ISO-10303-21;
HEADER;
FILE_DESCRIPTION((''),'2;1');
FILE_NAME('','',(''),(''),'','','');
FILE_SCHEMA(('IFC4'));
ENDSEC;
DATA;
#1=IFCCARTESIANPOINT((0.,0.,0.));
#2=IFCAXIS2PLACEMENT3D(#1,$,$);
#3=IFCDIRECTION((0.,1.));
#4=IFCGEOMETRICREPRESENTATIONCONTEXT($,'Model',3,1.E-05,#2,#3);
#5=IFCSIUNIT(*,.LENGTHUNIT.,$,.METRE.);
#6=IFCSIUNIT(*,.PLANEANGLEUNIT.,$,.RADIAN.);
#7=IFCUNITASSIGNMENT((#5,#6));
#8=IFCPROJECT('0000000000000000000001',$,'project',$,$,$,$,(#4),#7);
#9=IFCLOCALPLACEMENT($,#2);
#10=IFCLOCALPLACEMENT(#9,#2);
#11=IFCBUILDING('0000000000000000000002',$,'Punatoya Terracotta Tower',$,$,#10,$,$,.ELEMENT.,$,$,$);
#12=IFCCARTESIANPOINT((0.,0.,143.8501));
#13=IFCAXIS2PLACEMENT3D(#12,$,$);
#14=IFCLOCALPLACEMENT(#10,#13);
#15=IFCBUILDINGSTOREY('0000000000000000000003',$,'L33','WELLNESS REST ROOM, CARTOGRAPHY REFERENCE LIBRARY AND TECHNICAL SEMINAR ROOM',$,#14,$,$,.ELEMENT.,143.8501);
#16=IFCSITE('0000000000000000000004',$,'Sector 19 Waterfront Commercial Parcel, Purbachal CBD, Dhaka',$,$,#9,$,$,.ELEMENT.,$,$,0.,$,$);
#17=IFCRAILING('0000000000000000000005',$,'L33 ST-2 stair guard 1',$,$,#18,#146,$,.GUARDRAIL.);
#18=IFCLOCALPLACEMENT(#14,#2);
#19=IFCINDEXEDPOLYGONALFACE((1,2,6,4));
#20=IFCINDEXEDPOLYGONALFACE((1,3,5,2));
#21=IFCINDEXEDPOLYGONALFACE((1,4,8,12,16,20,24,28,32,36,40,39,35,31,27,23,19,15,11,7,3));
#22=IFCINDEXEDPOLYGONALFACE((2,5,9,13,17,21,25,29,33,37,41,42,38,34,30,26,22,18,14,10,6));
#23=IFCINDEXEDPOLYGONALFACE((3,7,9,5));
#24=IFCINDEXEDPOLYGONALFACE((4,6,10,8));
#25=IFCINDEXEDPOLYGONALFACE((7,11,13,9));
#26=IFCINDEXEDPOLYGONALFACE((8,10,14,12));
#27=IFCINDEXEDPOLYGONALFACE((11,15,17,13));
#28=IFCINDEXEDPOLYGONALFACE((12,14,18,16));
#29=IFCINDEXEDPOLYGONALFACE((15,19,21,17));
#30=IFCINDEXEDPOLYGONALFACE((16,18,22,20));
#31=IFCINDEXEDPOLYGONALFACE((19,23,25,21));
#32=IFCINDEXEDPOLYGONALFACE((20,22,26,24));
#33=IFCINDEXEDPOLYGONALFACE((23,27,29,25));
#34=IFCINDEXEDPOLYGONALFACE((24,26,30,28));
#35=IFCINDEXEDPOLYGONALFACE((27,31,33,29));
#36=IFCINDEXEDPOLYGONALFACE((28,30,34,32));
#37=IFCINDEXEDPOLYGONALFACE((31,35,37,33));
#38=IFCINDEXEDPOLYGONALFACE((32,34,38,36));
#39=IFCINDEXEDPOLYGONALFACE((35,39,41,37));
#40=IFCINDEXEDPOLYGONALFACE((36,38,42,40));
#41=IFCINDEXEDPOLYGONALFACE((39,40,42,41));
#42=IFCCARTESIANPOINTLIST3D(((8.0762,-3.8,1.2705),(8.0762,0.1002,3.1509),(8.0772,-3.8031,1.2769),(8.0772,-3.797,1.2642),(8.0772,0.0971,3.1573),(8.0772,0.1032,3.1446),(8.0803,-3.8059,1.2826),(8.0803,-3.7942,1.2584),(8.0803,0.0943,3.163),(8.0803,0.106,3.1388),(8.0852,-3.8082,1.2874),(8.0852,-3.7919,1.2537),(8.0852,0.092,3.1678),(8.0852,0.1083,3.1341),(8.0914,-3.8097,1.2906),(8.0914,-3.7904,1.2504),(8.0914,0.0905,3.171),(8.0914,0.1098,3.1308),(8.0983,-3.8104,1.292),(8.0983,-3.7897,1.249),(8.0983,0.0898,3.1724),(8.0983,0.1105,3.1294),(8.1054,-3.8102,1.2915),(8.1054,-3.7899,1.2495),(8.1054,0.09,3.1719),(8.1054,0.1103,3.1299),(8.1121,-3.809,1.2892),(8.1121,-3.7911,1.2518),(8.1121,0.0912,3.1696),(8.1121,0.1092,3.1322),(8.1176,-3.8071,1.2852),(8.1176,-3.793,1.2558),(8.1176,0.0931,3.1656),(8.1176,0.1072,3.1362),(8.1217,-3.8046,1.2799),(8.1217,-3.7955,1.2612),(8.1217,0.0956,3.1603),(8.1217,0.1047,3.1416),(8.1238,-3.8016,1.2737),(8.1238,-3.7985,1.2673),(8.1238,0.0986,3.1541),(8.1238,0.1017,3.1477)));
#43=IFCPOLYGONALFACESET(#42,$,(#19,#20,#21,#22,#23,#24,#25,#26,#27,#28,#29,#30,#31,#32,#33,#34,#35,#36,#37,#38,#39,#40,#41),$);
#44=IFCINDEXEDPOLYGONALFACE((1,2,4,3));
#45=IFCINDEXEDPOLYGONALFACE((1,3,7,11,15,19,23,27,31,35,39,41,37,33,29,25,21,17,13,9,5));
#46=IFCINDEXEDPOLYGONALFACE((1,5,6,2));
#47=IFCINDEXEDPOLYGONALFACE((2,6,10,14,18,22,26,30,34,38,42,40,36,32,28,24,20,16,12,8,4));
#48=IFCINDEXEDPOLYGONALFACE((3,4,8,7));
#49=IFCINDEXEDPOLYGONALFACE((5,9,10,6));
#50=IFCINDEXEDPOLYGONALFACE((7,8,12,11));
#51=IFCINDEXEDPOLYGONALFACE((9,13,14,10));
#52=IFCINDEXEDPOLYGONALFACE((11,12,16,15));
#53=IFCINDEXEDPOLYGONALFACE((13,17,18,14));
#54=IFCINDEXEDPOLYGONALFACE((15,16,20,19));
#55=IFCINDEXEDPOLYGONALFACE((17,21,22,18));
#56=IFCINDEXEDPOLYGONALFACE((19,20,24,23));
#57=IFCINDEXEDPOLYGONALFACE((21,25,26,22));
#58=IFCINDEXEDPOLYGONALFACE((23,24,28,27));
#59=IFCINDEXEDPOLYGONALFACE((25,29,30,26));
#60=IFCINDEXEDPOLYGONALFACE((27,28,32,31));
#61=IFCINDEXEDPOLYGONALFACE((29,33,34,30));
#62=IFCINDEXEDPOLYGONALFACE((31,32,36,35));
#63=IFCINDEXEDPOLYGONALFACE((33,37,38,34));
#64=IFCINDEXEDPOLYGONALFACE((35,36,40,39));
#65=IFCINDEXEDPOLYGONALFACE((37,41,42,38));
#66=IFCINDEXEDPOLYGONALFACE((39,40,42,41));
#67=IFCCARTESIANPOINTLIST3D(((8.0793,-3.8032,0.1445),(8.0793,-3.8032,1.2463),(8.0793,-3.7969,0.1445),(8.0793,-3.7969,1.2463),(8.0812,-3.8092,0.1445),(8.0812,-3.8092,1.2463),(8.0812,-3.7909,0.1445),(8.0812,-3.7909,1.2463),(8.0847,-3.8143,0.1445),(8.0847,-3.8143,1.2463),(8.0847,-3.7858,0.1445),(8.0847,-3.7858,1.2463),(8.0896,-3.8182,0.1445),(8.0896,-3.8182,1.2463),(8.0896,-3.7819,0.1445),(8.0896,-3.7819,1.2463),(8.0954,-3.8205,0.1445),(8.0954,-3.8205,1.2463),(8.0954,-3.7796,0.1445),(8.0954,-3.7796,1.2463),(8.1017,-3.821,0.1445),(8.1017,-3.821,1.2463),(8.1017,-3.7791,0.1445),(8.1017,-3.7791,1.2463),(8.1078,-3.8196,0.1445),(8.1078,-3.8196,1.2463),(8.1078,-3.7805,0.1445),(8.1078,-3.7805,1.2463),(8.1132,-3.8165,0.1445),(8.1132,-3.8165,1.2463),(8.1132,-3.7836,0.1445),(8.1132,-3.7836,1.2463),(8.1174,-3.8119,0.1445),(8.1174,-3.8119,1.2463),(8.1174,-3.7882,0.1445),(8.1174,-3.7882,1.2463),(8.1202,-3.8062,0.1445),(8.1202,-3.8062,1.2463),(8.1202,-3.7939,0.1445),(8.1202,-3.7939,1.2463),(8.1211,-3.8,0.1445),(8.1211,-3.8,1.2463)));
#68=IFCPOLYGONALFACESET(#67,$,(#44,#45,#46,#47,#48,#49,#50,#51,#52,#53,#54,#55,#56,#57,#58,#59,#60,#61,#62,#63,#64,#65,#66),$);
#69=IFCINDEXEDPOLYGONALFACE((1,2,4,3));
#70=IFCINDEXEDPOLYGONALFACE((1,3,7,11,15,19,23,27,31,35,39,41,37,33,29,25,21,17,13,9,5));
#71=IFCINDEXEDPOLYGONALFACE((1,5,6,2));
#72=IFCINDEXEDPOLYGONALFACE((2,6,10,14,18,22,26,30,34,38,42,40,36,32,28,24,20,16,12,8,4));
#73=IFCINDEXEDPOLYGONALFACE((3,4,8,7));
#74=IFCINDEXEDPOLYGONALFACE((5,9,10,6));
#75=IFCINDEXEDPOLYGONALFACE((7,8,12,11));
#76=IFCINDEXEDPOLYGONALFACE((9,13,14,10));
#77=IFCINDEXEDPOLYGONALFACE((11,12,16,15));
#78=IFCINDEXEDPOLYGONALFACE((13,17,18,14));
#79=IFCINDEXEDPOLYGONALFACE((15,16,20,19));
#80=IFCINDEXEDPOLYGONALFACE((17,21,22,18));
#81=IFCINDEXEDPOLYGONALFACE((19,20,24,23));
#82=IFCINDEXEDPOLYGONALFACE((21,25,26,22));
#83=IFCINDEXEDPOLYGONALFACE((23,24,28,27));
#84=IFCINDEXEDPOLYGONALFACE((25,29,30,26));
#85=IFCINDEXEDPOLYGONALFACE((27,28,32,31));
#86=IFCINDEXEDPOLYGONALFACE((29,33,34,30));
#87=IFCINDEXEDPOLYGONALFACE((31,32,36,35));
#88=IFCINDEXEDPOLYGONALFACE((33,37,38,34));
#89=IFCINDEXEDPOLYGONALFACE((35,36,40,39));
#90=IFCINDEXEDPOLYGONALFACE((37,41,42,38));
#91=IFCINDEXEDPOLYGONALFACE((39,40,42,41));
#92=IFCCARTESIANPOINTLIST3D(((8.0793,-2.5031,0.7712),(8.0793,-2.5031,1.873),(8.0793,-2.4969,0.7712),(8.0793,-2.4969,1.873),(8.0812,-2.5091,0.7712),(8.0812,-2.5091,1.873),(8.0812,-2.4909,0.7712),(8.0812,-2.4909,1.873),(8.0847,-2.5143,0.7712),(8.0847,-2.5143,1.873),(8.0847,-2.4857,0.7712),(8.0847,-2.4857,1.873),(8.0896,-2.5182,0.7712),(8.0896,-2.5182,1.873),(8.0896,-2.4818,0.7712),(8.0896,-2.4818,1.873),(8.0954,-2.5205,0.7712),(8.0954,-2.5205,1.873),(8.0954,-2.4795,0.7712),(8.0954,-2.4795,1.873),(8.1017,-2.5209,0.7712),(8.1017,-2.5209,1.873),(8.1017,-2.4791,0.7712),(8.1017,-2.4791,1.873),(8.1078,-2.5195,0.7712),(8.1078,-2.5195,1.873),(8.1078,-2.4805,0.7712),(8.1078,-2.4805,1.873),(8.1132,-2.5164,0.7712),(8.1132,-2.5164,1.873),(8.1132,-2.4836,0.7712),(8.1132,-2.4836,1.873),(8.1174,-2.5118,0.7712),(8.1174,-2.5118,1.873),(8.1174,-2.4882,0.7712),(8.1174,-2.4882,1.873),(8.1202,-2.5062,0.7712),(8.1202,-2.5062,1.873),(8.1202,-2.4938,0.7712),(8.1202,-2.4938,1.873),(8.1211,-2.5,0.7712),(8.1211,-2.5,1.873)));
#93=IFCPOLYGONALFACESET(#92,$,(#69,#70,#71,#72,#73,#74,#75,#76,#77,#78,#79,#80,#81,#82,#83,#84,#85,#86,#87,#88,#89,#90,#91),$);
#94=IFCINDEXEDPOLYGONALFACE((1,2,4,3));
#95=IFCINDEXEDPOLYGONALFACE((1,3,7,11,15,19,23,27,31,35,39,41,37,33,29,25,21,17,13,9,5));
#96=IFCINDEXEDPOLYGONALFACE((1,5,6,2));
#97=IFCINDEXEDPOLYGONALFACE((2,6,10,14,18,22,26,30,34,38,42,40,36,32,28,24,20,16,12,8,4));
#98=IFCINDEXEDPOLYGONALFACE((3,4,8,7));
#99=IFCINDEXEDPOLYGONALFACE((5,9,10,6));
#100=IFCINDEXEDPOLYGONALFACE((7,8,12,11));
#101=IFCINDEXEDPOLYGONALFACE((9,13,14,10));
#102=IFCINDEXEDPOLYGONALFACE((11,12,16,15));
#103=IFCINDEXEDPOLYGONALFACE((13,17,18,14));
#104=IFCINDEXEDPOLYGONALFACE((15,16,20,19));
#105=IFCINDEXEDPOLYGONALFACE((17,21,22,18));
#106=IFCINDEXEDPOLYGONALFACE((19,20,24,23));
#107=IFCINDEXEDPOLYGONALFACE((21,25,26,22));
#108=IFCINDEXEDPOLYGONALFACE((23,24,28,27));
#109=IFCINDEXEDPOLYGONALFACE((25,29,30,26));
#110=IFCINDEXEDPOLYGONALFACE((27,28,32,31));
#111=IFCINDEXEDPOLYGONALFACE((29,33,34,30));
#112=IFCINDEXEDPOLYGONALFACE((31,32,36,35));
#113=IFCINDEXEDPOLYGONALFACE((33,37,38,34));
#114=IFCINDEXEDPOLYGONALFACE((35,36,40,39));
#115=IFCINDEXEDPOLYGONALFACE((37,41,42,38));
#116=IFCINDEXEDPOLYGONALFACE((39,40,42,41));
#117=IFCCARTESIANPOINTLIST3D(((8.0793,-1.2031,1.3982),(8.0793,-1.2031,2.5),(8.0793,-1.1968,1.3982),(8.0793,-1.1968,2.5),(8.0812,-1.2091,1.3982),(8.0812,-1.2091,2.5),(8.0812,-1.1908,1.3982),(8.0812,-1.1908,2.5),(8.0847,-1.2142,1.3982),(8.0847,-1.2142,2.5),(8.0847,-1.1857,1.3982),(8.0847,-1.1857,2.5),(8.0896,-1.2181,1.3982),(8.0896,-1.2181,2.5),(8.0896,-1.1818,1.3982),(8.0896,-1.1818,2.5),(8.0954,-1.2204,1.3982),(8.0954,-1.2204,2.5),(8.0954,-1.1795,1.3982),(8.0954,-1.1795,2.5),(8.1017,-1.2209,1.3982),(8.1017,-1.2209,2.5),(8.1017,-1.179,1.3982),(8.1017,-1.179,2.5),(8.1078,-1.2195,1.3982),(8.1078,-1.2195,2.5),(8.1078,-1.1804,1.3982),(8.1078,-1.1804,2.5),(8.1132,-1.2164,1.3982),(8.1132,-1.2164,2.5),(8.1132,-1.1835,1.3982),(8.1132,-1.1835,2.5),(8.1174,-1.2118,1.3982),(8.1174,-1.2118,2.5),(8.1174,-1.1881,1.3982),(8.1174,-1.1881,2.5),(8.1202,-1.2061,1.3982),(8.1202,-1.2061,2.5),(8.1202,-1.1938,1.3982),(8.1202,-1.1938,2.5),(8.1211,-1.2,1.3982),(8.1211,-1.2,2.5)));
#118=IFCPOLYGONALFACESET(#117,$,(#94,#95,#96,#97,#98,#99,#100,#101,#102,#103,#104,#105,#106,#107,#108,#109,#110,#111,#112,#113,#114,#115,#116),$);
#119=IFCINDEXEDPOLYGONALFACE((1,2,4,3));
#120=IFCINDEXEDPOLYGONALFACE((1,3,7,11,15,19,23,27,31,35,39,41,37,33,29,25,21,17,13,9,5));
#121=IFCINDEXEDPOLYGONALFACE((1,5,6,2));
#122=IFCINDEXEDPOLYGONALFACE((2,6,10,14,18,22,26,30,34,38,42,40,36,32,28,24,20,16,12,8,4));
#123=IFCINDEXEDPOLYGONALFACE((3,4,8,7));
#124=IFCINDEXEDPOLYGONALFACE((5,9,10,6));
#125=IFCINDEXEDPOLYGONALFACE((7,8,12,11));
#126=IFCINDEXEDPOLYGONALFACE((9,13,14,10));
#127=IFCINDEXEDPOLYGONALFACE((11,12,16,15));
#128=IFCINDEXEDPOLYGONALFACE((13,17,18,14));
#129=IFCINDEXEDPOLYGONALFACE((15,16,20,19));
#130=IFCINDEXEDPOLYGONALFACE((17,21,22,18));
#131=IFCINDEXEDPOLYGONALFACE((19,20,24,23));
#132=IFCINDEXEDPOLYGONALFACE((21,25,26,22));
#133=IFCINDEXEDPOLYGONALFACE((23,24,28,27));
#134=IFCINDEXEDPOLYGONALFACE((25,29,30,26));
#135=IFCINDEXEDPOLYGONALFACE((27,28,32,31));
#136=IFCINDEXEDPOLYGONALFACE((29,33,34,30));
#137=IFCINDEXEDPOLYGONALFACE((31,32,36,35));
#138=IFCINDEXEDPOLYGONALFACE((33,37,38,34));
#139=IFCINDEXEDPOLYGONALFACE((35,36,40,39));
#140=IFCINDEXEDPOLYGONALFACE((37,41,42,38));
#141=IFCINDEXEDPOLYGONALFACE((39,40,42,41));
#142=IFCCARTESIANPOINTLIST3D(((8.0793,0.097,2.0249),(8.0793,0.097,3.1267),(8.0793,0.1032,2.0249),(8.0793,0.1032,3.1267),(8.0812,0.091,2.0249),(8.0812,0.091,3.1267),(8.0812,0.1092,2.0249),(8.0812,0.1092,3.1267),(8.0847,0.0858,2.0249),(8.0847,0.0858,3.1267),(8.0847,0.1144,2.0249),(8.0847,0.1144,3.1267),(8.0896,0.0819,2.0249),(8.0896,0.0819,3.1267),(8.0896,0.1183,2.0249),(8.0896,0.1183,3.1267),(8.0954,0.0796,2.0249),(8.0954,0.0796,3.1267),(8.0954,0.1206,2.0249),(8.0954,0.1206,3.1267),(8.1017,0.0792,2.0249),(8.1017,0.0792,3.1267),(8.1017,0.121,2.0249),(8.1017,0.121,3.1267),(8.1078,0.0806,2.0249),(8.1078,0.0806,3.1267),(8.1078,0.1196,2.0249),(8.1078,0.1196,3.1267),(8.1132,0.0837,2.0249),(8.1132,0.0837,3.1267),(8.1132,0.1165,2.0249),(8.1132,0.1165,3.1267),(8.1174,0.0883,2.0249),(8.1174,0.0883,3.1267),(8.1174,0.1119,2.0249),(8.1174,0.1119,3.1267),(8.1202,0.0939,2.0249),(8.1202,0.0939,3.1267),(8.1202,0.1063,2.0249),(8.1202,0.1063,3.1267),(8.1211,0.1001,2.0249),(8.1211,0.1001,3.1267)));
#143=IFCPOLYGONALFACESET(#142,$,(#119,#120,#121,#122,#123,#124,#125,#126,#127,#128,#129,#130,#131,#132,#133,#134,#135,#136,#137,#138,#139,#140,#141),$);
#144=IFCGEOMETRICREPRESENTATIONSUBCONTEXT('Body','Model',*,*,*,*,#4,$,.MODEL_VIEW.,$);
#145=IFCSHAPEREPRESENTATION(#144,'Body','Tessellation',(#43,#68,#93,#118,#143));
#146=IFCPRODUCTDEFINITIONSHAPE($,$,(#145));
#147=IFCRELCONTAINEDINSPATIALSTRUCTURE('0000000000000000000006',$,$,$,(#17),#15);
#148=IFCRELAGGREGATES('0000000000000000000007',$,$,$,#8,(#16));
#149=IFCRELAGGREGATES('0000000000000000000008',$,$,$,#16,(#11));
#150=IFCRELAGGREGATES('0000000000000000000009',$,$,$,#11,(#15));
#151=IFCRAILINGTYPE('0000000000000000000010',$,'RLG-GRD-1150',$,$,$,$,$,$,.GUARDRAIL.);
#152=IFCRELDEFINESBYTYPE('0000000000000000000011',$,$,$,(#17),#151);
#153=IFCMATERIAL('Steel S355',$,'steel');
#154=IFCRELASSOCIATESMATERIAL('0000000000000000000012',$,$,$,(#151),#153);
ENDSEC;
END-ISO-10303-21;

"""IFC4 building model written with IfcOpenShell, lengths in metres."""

from ifc_helpers import new_model, si_unit, direction, frame, origin, origin_2d, place, context, subcontext, project, spatial, circle, extrude, material, type_object, element, save


model = new_model("IFC4")

# Units and contexts
model_context = context("Model", 3, precision=1e-05, world=origin(), true_north=direction((0.0, 1.0)))
body_context = subcontext(model_context, "Body", "Model", "MODEL_VIEW")
ifc_project = project(units=[si_unit("LENGTHUNIT", "METRE"), si_unit("PLANEANGLEUNIT", "RADIAN")], contexts=[model_context])

# Site, building, storey
site_placement = place(None, origin())
site = spatial("IfcSite", under=ifc_project, at=site_placement, Name="Sector 19 Waterfront Commercial Parcel, Purbachal CBD, Dhaka", CompositionType="ELEMENT", RefElevation=0.0)
building_placement = place(site_placement, origin())
building = spatial("IfcBuilding", under=site, at=building_placement, Name="Punatoya Terracotta Tower", CompositionType="ELEMENT")
storey_placement = place(building_placement, frame((0.0, 0.0, 143.8501)))
storey = spatial("IfcBuildingStorey", under=building, at=storey_placement, Name="L33", Description="WELLNESS REST ROOM, CARTOGRAPHY REFERENCE LIBRARY AND TECHNICAL SEMINAR ROOM", CompositionType="ELEMENT", Elevation=143.8501)

# Shared definitions
ifc_material_1 = material(Name="Steel S355", Category="steel")

# Railing
railing_type_1 = type_object("IfcRailingType", Name="RLG-GRD-1150", PredefinedType="GUARDRAIL", material=ifc_material_1)
railing_1_placement = place(storey_placement, frame((8.1001, -3.8, 0.1445)))
element("IfcRailing", 1, at=railing_1_placement, inside=storey, type_object=railing_type_1, Name="L33 ST-2 stair guard 1", PredefinedType="GUARDRAIL", context=body_context, shape_type="SweptSolid", body=[
    extrude(circle(Radius=0.0239, at=origin_2d()), frame((0.0, 0.0, 1.126), z_axis=(0.0, 0.900774, 0.434289), x_axis=(-1.0, 0.0, 0.0)), (0.0, 0.0, 1.0), 4.3298),
    extrude(circle(Radius=0.021, at=origin_2d()), origin(), (0.0, 0.0, 1.0), 1.1018),
    extrude(circle(Radius=0.021, at=origin_2d()), frame((0.0, 1.3, 0.6267)), (0.0, 0.0, 1.0), 1.1018),
    extrude(circle(Radius=0.021, at=origin_2d()), frame((0.0, 2.6001, 1.2537)), (0.0, 0.0, 1.0), 1.1018),
    extrude(circle(Radius=0.021, at=origin_2d()), frame((0.0, 3.9001, 1.8804)), (0.0, 0.0, 1.0), 1.1018),
])

save(model, "model.ifc")
